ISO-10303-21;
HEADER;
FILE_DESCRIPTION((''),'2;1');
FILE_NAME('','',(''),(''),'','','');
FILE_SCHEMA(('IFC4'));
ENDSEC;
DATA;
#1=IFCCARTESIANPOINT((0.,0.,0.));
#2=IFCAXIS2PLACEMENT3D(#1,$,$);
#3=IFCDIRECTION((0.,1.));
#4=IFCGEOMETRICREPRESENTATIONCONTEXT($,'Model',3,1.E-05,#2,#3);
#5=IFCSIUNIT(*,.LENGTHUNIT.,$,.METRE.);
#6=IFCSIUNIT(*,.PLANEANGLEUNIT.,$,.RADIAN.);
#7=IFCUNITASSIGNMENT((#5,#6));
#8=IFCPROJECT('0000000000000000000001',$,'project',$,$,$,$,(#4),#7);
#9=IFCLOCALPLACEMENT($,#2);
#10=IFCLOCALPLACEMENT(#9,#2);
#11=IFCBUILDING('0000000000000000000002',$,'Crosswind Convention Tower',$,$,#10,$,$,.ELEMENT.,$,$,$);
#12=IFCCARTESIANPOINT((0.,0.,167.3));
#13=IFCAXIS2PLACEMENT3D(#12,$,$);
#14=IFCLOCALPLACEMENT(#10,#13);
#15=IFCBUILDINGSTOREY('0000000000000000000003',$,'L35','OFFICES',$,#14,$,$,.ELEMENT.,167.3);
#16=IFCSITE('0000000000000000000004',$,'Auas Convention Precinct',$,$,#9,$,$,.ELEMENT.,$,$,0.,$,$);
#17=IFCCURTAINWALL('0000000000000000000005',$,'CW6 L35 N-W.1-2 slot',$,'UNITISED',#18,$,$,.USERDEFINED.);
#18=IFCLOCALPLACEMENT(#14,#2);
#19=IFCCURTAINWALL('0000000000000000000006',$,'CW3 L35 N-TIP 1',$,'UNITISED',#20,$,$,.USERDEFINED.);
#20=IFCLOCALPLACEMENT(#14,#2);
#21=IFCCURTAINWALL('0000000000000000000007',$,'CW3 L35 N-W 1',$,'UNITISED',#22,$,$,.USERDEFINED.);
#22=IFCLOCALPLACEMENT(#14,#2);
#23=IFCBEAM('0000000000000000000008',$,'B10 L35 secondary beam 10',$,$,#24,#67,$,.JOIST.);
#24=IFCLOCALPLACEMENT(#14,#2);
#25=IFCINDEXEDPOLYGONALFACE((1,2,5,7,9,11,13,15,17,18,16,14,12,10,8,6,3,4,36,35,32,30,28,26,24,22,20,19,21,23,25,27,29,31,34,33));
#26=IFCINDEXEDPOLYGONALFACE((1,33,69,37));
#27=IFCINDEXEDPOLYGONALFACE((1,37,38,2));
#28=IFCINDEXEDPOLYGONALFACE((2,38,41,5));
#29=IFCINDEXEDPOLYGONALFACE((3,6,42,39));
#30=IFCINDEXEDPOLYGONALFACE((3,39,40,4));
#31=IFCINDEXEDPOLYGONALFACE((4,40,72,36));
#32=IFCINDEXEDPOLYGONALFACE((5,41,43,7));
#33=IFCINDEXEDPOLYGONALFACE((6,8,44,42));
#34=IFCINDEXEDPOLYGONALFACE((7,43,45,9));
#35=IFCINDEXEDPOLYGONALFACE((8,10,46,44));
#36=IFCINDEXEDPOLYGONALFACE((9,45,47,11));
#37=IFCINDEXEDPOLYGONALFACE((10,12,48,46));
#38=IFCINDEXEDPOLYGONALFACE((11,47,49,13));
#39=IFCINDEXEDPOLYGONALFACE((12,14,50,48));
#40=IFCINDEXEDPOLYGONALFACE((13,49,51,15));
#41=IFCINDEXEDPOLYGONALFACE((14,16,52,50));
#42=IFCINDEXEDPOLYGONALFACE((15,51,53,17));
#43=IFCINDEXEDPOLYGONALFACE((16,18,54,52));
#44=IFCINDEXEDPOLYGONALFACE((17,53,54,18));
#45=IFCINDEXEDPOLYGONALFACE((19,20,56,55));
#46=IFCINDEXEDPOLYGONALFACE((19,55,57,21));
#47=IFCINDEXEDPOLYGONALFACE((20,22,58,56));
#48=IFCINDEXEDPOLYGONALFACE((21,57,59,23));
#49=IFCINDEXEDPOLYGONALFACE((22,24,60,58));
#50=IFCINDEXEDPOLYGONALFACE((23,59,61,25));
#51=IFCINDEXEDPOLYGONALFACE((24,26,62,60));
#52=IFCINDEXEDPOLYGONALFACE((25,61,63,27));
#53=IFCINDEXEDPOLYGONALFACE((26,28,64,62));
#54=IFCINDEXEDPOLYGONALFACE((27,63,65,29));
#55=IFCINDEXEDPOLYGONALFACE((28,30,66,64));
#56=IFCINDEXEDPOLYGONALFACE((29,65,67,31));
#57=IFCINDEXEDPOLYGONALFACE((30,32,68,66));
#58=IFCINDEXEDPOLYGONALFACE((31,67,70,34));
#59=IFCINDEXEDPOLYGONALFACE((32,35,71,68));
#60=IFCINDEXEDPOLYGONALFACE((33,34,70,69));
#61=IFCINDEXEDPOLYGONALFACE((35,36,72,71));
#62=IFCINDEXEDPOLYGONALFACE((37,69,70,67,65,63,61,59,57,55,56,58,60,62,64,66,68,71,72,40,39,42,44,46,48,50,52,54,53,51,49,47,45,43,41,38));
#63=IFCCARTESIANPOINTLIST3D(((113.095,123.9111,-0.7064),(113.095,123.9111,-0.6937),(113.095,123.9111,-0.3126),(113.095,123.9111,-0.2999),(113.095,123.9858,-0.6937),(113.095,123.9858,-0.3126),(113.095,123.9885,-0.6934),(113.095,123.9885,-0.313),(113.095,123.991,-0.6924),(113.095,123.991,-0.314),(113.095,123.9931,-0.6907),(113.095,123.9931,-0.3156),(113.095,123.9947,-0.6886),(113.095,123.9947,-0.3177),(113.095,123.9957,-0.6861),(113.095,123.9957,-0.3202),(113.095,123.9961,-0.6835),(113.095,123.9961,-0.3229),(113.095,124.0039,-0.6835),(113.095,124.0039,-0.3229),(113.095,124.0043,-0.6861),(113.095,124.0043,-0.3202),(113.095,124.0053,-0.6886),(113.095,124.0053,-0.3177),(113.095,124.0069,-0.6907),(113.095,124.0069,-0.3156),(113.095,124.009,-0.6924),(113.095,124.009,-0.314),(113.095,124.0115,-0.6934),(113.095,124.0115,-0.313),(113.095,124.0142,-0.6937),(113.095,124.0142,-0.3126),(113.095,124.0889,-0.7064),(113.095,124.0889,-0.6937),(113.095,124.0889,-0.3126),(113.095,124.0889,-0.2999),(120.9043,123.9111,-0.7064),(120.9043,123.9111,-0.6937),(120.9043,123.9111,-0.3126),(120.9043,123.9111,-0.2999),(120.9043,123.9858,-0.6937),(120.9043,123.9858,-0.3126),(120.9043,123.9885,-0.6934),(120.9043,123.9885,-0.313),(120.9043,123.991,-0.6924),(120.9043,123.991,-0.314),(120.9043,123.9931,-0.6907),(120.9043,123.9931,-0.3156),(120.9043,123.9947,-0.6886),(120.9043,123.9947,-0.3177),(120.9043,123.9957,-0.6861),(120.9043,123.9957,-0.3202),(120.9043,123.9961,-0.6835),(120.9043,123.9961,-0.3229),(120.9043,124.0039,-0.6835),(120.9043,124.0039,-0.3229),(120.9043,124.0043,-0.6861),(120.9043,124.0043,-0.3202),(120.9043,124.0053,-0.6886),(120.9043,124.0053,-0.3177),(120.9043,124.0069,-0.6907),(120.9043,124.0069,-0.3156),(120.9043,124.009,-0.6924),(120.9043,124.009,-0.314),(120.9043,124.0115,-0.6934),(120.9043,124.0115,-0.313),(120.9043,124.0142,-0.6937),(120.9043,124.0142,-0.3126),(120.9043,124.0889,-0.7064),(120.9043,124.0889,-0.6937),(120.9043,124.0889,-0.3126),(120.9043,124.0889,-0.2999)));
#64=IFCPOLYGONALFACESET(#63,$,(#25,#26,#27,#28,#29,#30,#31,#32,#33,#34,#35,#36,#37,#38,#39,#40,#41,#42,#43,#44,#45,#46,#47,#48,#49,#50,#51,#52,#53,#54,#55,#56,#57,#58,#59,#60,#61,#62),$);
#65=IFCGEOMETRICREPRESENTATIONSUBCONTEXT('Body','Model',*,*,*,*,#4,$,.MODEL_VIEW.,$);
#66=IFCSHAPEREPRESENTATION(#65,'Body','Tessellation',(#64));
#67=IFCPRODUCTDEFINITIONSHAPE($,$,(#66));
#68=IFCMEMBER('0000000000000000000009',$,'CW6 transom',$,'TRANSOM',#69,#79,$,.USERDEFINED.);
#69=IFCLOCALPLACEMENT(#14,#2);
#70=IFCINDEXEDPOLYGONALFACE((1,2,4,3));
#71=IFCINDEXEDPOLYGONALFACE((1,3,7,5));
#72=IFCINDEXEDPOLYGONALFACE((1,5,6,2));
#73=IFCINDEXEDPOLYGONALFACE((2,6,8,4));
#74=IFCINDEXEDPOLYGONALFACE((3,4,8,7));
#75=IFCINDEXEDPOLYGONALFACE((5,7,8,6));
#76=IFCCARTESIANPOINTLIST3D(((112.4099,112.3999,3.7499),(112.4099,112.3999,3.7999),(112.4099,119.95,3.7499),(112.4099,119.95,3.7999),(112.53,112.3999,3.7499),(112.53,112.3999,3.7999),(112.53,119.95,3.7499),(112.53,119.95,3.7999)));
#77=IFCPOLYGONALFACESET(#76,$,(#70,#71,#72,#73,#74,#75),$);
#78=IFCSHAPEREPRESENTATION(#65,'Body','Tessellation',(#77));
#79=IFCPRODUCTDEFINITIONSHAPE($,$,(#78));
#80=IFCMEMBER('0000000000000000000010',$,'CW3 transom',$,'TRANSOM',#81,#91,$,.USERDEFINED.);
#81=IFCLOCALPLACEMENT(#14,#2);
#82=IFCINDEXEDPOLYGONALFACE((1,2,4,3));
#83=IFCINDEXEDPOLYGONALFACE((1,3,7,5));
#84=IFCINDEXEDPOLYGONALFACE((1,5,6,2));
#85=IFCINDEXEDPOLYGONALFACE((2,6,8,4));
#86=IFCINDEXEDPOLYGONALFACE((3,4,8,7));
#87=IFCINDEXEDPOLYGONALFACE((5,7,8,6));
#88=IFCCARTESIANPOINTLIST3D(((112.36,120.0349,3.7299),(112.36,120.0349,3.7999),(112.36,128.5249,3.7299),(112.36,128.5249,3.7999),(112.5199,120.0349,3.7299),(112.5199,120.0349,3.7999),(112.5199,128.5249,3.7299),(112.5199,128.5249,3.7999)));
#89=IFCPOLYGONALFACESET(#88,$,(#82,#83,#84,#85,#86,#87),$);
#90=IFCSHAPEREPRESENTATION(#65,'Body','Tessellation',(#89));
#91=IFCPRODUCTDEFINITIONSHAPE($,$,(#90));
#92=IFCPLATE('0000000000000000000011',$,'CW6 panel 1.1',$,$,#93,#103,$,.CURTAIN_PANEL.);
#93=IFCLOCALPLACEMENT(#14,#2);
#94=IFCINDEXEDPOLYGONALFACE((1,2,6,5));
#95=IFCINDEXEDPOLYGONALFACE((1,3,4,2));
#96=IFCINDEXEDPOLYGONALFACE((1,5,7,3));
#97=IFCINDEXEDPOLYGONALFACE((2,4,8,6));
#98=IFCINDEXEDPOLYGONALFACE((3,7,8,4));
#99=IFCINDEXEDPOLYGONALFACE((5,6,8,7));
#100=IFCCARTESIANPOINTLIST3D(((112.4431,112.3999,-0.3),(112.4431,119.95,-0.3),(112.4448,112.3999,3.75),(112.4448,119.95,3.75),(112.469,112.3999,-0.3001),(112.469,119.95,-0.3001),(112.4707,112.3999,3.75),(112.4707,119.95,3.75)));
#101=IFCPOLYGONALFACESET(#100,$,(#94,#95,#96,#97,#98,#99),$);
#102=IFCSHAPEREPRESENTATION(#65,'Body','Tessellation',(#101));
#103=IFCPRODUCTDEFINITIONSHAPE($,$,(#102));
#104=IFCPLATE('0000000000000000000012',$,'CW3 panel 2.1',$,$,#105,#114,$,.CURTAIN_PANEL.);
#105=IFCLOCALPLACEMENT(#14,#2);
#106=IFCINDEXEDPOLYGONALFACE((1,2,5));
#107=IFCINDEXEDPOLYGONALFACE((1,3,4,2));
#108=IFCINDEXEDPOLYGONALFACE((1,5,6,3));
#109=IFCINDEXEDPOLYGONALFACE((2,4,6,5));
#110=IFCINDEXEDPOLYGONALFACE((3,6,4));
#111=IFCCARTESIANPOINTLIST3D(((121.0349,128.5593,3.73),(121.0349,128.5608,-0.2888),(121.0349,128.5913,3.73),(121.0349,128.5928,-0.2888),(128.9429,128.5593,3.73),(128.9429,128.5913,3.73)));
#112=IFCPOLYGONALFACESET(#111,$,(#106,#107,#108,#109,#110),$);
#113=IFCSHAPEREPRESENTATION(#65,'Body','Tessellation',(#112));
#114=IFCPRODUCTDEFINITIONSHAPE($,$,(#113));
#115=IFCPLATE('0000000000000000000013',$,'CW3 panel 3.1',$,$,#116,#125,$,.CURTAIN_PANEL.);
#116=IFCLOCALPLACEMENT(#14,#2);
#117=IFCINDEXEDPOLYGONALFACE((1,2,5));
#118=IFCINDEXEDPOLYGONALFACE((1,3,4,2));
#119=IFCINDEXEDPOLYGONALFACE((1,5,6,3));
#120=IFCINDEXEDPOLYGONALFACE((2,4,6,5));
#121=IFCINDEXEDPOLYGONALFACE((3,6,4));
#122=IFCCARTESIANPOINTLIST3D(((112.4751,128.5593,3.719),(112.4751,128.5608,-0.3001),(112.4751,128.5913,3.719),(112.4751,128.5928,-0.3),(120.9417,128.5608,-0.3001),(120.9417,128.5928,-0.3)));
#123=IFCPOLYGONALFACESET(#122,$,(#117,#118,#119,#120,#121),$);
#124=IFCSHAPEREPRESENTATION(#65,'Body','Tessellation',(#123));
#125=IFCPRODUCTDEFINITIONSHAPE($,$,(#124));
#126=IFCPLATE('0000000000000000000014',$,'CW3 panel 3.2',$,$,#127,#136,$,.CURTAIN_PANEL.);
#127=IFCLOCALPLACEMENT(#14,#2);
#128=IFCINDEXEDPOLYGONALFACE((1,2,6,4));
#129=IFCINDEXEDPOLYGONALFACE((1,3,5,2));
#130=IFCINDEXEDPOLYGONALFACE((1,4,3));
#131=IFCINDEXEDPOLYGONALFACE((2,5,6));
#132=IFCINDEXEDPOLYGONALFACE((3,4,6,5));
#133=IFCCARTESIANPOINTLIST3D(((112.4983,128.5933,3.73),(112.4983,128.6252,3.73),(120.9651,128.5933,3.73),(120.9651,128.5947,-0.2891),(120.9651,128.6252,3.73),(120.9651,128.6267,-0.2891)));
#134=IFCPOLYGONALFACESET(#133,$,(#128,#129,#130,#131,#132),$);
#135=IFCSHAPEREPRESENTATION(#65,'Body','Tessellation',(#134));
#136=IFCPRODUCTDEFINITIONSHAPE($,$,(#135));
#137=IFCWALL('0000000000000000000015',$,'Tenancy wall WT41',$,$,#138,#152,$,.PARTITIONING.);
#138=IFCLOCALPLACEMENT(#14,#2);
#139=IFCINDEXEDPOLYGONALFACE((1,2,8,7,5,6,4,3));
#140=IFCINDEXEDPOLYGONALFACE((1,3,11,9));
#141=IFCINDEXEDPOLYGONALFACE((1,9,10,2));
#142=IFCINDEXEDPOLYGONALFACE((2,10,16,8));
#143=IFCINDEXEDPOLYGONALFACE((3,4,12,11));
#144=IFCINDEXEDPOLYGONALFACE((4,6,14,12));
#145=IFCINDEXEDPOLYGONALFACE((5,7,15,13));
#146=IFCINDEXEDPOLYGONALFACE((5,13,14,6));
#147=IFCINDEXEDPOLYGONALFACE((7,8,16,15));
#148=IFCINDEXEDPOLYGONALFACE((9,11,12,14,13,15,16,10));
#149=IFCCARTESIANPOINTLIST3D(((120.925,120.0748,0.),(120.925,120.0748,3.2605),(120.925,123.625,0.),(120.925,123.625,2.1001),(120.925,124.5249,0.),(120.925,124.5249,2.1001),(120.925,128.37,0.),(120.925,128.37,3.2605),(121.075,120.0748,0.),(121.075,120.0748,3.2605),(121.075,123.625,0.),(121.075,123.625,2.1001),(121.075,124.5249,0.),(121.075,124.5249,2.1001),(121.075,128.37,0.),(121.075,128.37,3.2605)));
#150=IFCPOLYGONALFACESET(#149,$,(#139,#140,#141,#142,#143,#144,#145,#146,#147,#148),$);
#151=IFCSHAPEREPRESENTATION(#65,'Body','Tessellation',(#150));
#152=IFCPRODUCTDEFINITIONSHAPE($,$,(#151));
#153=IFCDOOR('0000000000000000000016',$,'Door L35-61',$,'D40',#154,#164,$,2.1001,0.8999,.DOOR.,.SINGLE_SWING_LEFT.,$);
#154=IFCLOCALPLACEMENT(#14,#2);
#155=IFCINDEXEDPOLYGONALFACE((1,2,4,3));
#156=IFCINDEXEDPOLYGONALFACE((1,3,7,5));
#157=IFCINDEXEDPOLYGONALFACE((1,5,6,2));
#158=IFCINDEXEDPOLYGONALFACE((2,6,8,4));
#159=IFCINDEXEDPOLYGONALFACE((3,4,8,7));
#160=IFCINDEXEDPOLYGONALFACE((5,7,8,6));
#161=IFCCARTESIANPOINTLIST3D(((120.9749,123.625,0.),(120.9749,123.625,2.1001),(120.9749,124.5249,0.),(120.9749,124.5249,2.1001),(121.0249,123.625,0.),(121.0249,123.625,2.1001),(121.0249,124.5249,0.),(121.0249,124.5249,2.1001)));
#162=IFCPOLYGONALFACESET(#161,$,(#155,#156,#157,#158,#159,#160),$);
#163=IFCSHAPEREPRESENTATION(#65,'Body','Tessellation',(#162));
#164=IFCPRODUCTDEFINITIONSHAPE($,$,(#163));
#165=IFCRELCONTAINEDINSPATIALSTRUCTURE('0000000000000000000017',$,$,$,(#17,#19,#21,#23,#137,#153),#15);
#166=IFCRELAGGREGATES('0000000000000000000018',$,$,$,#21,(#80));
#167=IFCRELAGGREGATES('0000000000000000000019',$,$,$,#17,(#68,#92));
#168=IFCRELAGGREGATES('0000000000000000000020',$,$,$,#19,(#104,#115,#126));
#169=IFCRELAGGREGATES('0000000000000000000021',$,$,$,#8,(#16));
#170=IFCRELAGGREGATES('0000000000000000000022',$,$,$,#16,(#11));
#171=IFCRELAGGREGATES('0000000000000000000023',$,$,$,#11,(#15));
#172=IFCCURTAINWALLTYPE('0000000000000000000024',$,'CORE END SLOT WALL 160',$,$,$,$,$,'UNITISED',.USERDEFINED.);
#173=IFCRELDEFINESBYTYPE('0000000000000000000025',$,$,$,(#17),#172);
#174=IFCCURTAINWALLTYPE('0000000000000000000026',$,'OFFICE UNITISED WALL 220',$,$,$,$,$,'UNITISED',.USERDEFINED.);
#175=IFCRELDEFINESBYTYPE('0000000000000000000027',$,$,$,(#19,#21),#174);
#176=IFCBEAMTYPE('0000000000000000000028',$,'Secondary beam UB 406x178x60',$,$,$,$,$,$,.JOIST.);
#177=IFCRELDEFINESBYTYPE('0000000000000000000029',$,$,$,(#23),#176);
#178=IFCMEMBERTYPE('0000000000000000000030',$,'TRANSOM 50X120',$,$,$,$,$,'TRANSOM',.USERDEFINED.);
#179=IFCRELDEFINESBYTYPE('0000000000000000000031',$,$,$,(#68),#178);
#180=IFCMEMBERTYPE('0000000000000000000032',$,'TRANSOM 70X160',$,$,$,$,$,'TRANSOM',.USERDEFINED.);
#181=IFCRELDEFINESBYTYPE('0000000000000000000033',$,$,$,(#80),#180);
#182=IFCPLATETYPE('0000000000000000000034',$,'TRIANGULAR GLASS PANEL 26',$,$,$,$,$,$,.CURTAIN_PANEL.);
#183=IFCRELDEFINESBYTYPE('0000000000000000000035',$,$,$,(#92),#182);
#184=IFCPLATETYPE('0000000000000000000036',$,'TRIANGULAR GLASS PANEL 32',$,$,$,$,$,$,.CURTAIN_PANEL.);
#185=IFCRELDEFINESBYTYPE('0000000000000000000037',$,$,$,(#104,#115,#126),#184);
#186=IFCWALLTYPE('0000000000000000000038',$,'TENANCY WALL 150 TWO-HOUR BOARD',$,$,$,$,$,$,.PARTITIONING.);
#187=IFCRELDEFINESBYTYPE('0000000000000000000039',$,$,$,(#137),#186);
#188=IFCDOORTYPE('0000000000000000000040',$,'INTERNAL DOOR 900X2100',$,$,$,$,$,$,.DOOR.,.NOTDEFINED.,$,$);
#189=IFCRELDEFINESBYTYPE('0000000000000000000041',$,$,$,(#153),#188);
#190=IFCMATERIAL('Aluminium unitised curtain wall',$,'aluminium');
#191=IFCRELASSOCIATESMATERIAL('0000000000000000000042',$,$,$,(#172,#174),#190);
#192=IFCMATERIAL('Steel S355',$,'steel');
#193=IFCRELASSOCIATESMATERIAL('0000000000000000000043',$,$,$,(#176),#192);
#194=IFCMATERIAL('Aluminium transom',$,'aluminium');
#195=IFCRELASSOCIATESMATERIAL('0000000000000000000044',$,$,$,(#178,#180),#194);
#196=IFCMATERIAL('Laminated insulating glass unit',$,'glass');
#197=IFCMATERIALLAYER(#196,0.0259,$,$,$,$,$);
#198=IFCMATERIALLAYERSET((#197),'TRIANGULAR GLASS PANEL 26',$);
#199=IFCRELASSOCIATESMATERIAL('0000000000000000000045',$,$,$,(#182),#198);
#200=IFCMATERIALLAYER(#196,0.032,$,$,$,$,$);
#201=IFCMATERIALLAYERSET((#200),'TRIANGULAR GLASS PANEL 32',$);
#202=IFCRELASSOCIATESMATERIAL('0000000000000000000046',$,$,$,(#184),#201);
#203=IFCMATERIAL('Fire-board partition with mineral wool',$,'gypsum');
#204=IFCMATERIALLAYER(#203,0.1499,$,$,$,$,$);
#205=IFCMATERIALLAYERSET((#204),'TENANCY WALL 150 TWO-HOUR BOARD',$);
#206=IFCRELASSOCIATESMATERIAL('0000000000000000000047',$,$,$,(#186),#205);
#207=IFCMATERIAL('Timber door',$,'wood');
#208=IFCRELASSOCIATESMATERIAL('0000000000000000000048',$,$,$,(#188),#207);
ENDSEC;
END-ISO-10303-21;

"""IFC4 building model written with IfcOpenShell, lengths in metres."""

from ifc_helpers import new_model, si_unit, direction, frame, frame_2d, origin, origin_2d, place, context, subcontext, project, spatial, polyline, rectangle, i_section, outline, extrude, material, layer, layer_set, material_profile, profile_set, type_object, element, fill, aggregate, save


model = new_model("IFC4")

# Units and contexts
model_context = context("Model", 3, precision=1e-05, world=origin(), true_north=direction((0.0, 1.0)))
body_context = subcontext(model_context, "Body", "Model", "MODEL_VIEW")
ifc_project = project(units=[si_unit("LENGTHUNIT", "METRE"), si_unit("PLANEANGLEUNIT", "RADIAN")], contexts=[model_context])

# Site, building, storey
site_placement = place(None, origin())
site = spatial("IfcSite", under=ifc_project, at=site_placement, Name="Auas Convention Precinct", CompositionType="ELEMENT", RefElevation=0.0)
building_placement = place(site_placement, origin())
building = spatial("IfcBuilding", under=site, at=building_placement, Name="Crosswind Convention Tower", CompositionType="ELEMENT")
storey_placement = place(building_placement, frame((0.0, 0.0, 167.3)))
storey = spatial("IfcBuildingStorey", under=building, at=storey_placement, Name="L35", Description="OFFICES", CompositionType="ELEMENT", Elevation=167.3)

# Shared definitions
ifc_material_1 = material(Name="Steel S355", Category="steel")

# Curtain wall
ifc_material_2 = material(Name="Aluminium unitised curtain wall", Category="aluminium")
curtain_wall_type_1 = type_object("IfcCurtainWallType", Name="CORE END SLOT WALL 160", ElementType="UNITISED", PredefinedType="USERDEFINED", material=ifc_material_2)
curtain_wall_1_placement = place(storey_placement, origin())
curtain_wall_1 = element("IfcCurtainWall", 1, at=curtain_wall_1_placement, inside=storey, type_object=curtain_wall_type_1, Name="CW6 L35 N-W.1-2 slot", ObjectType="UNITISED", PredefinedType="USERDEFINED")

# Curtain wall
curtain_wall_type_2 = type_object("IfcCurtainWallType", Name="OFFICE UNITISED WALL 220", ElementType="UNITISED", PredefinedType="USERDEFINED", material=ifc_material_2)
curtain_wall_2_placement = place(storey_placement, origin())
curtain_wall_2 = element("IfcCurtainWall", 2, at=curtain_wall_2_placement, inside=storey, type_object=curtain_wall_type_2, Name="CW3 L35 N-TIP 1", ObjectType="UNITISED", PredefinedType="USERDEFINED")

# Curtain wall
curtain_wall_3_placement = place(storey_placement, origin())
curtain_wall_3 = element("IfcCurtainWall", 3, at=curtain_wall_3_placement, inside=storey, type_object=curtain_wall_type_2, Name="CW3 L35 N-W 1", ObjectType="UNITISED", PredefinedType="USERDEFINED")

# Beam
ifc_material_profile_1 = material_profile(ifc_material_1, i_section(OverallWidth=0.1777, OverallDepth=0.4065, WebThickness=0.0078, FlangeThickness=0.0127, FilletRadius=0.0103, at=origin_2d()), Name="UB 406x178x60")
ifc_profile_set_1 = profile_set([ifc_material_profile_1], Name="Steel S355")
beam_type_1 = type_object("IfcBeamType", Name="Secondary beam UB 406x178x60", PredefinedType="JOIST", material=ifc_profile_set_1)
beam_placement = place(storey_placement, frame((113.095, 124.0, -0.5032), z_axis=(1.0, 0.0, 0.0), x_axis=(0.0, 1.0, 0.0)))
element("IfcBeam", 4, at=beam_placement, inside=storey, type_object=beam_type_1, Name="B10 L35 secondary beam 10", PredefinedType="JOIST", context=body_context, shape_type="SweptSolid", body=[
    extrude(i_section(OverallWidth=0.1777, OverallDepth=0.4065, WebThickness=0.0078, FlangeThickness=0.0127, FilletRadius=0.0103, at=origin_2d()), origin(), (0.0, 0.0, 1.0), 7.8093),
])

# Members
ifc_material_3 = material(Name="Aluminium transom", Category="aluminium")
ifc_material_profile_2 = material_profile(ifc_material_3, rectangle(XDim=0.1201, YDim=0.05, at=origin_2d()), Name="AL 120X50")
ifc_profile_set_2 = profile_set([ifc_material_profile_2], Name="Aluminium transom")
member_type_1 = type_object("IfcMemberType", Name="TRANSOM 50X120", ElementType="TRANSOM", PredefinedType="USERDEFINED", material=ifc_profile_set_2)
member_1_placement = place(storey_placement, frame((112.47, 119.95, 3.7749), z_axis=(0.0, -1.0, 0.0), x_axis=(1.0, 0.0, 0.0)))
member_1 = element("IfcMember", 5, at=member_1_placement, type_object=member_type_1, Name="CW6 transom", ObjectType="TRANSOM", PredefinedType="USERDEFINED", context=body_context, shape_type="SweptSolid", body=[
    extrude(rectangle(XDim=0.1201, YDim=0.05, at=origin_2d()), origin(), (0.0, 0.0, 1.0), 7.55),
])
ifc_material_profile_3 = material_profile(ifc_material_3, rectangle(XDim=0.1599, YDim=0.0701, at=origin_2d()), Name="AL 160X70")
ifc_profile_set_3 = profile_set([ifc_material_profile_3], Name="Aluminium transom")
member_type_2 = type_object("IfcMemberType", Name="TRANSOM 70X160", ElementType="TRANSOM", PredefinedType="USERDEFINED", material=ifc_profile_set_3)
member_2_placement = place(storey_placement, frame((112.4399, 128.5249, 3.7649), z_axis=(0.0, -1.0, 0.0), x_axis=(1.0, 0.0, 0.0)))
member_2 = element("IfcMember", 6, at=member_2_placement, type_object=member_type_2, Name="CW3 transom", ObjectType="TRANSOM", PredefinedType="USERDEFINED", context=body_context, shape_type="SweptSolid", body=[
    extrude(rectangle(XDim=0.1599, YDim=0.0701, at=origin_2d()), origin(), (0.0, 0.0, 1.0), 8.49),
])
aggregate(curtain_wall_3, [member_2])

# Plates
ifc_material_4 = material(Name="Laminated insulating glass unit", Category="glass")
ifc_layer_1 = layer(ifc_material_4, 0.0259)
ifc_layer_set_1 = layer_set([ifc_layer_1], Name="TRIANGULAR GLASS PANEL 26")
plate_type_1 = type_object("IfcPlateType", Name="TRIANGULAR GLASS PANEL 26", PredefinedType="CURTAIN_PANEL", material=ifc_layer_set_1)
plate_1_placement = place(storey_placement, frame((112.4431, 119.95, -0.3), z_axis=(-1.0, 0.0, 0.000422), x_axis=(0.0, -1.0, 0.0)))
plate_1 = element("IfcPlate", 7, at=plate_1_placement, type_object=plate_type_1, Name="CW6 panel 1.1", PredefinedType="CURTAIN_PANEL", context=body_context, shape_type="SweptSolid", body=[
    extrude(outline(polyline([(0.0, 0.0), (7.55, 0.0), (7.55, 4.05), (0.0, 4.05), (0.0, 0.0)])), origin(), (0.0, 0.0, -1.0), 0.0259),
])
aggregate(curtain_wall_1, [member_1, plate_1])
ifc_layer_2 = layer(ifc_material_4, 0.032)
ifc_layer_set_2 = layer_set([ifc_layer_2], Name="TRIANGULAR GLASS PANEL 32")
plate_type_2 = type_object("IfcPlateType", Name="TRIANGULAR GLASS PANEL 32", PredefinedType="CURTAIN_PANEL", material=ifc_layer_set_2)
plate_2_placement = place(storey_placement, frame((121.0349, 128.5913, 3.73), z_axis=(0.0, 1.0, 0.000364), x_axis=(1.0, 0.0, 0.0)))
plate_2 = element("IfcPlate", 8, at=plate_2_placement, type_object=plate_type_2, Name="CW3 panel 2.1", PredefinedType="CURTAIN_PANEL", context=body_context, shape_type="SweptSolid", body=[
    extrude(outline(polyline([(0.0, 0.0), (7.908, 0.0), (0.0, 4.0188), (0.0, 0.0)])), origin(), (0.0, 0.0, -1.0), 0.032),
])
plate_3_placement = place(storey_placement, frame((112.4751, 128.5928, -0.3), z_axis=(0.0, 1.0, 0.000364), x_axis=(0.0, -0.000364, 1.0)))
plate_3 = element("IfcPlate", 9, at=plate_3_placement, type_object=plate_type_2, Name="CW3 panel 3.1", PredefinedType="CURTAIN_PANEL", context=body_context, shape_type="SweptSolid", body=[
    extrude(outline(polyline([(0.0, 0.0), (4.019, 0.0), (0.0, 8.4666), (0.0, 0.0)])), origin(), (0.0, 0.0, -1.0), 0.032),
])
plate_4_placement = place(storey_placement, frame((120.9651, 128.6252, 3.73), z_axis=(0.0, 1.0, 0.000364), x_axis=(0.0, 0.000364, -1.0)))
plate_4 = element("IfcPlate", 10, at=plate_4_placement, type_object=plate_type_2, Name="CW3 panel 3.2", PredefinedType="CURTAIN_PANEL", context=body_context, shape_type="SweptSolid", body=[
    extrude(outline(polyline([(0.0, 0.0), (4.019, 0.0), (0.0, 8.4668), (0.0, 0.0)])), origin(), (0.0, 0.0, -1.0), 0.032),
])
aggregate(curtain_wall_2, [plate_2, plate_3, plate_4])

# Wall, opening, door
ifc_material_5 = material(Name="Fire-board partition with mineral wool", Category="gypsum")
ifc_layer_3 = layer(ifc_material_5, 0.1499)
ifc_layer_set_3 = layer_set([ifc_layer_3], Name="TENANCY WALL 150 TWO-HOUR BOARD")
wall_type = type_object("IfcWallType", Name="TENANCY WALL 150 TWO-HOUR BOARD", PredefinedType="PARTITIONING", material=ifc_layer_set_3)
wall_1_placement = place(storey_placement, frame((121.0, 120.075, 0.0), z_axis=(0.0, 0.0, 1.0), x_axis=(0.0, 1.0, 0.0)))
wall_1 = element("IfcWall", 11, at=wall_1_placement, inside=storey, type_object=wall_type, Name="Tenancy wall WT41", PredefinedType="PARTITIONING", context=body_context, shape_type="SweptSolid", body=[
    extrude(rectangle(XDim=8.2952, YDim=0.1499, at=frame_2d((4.1475, 0.0))), origin(), (0.0, 0.0, 1.0), 3.2605),
])
opening_1_placement = place(wall_1_placement, frame((3.55, 0.0, 0.0)))
opening_1 = element("IfcOpeningElement", 12, at=opening_1_placement, cuts=wall_1, PredefinedType="OPENING", context=body_context, shape_type="SweptSolid", body=[
    extrude(rectangle(XDim=0.8999, YDim=2.1001, at=frame_2d((0.45, 1.05))), frame((0.0, 0.085, 0.0), z_axis=(0.0, -1.0, 0.0), x_axis=(1.0, 0.0, 0.0)), (0.0, 0.0, 1.0), 0.1699),
])
ifc_material_6 = material(Name="Timber door", Category="wood")
door_type_1 = type_object("IfcDoorType", Name="INTERNAL DOOR 900X2100", OperationType="NOTDEFINED", PredefinedType="DOOR", material=ifc_material_6)
door_1_placement = place(opening_1_placement, frame((0.8999, 0.0, 0.0), z_axis=(0.0, 0.0, 1.0), x_axis=(-1.0, 0.0, 0.0)))
door_1 = element("IfcDoor", 13, at=door_1_placement, inside=storey, type_object=door_type_1, Name="Door L35-61", ObjectType="D40", OperationType="SINGLE_SWING_LEFT", OverallHeight=2.1001, OverallWidth=0.8999, PredefinedType="DOOR", context=body_context, shape_type="SweptSolid", body=[
    extrude(rectangle(XDim=0.8999, YDim=2.1001, at=frame_2d((0.45, 1.05))), frame((0.0, 0.0249, 0.0), z_axis=(0.0, -1.0, 0.0), x_axis=(1.0, 0.0, 0.0)), (0.0, 0.0, 1.0), 0.05),
])
fill(opening_1, door_1)

save(model, "model.ifc")
